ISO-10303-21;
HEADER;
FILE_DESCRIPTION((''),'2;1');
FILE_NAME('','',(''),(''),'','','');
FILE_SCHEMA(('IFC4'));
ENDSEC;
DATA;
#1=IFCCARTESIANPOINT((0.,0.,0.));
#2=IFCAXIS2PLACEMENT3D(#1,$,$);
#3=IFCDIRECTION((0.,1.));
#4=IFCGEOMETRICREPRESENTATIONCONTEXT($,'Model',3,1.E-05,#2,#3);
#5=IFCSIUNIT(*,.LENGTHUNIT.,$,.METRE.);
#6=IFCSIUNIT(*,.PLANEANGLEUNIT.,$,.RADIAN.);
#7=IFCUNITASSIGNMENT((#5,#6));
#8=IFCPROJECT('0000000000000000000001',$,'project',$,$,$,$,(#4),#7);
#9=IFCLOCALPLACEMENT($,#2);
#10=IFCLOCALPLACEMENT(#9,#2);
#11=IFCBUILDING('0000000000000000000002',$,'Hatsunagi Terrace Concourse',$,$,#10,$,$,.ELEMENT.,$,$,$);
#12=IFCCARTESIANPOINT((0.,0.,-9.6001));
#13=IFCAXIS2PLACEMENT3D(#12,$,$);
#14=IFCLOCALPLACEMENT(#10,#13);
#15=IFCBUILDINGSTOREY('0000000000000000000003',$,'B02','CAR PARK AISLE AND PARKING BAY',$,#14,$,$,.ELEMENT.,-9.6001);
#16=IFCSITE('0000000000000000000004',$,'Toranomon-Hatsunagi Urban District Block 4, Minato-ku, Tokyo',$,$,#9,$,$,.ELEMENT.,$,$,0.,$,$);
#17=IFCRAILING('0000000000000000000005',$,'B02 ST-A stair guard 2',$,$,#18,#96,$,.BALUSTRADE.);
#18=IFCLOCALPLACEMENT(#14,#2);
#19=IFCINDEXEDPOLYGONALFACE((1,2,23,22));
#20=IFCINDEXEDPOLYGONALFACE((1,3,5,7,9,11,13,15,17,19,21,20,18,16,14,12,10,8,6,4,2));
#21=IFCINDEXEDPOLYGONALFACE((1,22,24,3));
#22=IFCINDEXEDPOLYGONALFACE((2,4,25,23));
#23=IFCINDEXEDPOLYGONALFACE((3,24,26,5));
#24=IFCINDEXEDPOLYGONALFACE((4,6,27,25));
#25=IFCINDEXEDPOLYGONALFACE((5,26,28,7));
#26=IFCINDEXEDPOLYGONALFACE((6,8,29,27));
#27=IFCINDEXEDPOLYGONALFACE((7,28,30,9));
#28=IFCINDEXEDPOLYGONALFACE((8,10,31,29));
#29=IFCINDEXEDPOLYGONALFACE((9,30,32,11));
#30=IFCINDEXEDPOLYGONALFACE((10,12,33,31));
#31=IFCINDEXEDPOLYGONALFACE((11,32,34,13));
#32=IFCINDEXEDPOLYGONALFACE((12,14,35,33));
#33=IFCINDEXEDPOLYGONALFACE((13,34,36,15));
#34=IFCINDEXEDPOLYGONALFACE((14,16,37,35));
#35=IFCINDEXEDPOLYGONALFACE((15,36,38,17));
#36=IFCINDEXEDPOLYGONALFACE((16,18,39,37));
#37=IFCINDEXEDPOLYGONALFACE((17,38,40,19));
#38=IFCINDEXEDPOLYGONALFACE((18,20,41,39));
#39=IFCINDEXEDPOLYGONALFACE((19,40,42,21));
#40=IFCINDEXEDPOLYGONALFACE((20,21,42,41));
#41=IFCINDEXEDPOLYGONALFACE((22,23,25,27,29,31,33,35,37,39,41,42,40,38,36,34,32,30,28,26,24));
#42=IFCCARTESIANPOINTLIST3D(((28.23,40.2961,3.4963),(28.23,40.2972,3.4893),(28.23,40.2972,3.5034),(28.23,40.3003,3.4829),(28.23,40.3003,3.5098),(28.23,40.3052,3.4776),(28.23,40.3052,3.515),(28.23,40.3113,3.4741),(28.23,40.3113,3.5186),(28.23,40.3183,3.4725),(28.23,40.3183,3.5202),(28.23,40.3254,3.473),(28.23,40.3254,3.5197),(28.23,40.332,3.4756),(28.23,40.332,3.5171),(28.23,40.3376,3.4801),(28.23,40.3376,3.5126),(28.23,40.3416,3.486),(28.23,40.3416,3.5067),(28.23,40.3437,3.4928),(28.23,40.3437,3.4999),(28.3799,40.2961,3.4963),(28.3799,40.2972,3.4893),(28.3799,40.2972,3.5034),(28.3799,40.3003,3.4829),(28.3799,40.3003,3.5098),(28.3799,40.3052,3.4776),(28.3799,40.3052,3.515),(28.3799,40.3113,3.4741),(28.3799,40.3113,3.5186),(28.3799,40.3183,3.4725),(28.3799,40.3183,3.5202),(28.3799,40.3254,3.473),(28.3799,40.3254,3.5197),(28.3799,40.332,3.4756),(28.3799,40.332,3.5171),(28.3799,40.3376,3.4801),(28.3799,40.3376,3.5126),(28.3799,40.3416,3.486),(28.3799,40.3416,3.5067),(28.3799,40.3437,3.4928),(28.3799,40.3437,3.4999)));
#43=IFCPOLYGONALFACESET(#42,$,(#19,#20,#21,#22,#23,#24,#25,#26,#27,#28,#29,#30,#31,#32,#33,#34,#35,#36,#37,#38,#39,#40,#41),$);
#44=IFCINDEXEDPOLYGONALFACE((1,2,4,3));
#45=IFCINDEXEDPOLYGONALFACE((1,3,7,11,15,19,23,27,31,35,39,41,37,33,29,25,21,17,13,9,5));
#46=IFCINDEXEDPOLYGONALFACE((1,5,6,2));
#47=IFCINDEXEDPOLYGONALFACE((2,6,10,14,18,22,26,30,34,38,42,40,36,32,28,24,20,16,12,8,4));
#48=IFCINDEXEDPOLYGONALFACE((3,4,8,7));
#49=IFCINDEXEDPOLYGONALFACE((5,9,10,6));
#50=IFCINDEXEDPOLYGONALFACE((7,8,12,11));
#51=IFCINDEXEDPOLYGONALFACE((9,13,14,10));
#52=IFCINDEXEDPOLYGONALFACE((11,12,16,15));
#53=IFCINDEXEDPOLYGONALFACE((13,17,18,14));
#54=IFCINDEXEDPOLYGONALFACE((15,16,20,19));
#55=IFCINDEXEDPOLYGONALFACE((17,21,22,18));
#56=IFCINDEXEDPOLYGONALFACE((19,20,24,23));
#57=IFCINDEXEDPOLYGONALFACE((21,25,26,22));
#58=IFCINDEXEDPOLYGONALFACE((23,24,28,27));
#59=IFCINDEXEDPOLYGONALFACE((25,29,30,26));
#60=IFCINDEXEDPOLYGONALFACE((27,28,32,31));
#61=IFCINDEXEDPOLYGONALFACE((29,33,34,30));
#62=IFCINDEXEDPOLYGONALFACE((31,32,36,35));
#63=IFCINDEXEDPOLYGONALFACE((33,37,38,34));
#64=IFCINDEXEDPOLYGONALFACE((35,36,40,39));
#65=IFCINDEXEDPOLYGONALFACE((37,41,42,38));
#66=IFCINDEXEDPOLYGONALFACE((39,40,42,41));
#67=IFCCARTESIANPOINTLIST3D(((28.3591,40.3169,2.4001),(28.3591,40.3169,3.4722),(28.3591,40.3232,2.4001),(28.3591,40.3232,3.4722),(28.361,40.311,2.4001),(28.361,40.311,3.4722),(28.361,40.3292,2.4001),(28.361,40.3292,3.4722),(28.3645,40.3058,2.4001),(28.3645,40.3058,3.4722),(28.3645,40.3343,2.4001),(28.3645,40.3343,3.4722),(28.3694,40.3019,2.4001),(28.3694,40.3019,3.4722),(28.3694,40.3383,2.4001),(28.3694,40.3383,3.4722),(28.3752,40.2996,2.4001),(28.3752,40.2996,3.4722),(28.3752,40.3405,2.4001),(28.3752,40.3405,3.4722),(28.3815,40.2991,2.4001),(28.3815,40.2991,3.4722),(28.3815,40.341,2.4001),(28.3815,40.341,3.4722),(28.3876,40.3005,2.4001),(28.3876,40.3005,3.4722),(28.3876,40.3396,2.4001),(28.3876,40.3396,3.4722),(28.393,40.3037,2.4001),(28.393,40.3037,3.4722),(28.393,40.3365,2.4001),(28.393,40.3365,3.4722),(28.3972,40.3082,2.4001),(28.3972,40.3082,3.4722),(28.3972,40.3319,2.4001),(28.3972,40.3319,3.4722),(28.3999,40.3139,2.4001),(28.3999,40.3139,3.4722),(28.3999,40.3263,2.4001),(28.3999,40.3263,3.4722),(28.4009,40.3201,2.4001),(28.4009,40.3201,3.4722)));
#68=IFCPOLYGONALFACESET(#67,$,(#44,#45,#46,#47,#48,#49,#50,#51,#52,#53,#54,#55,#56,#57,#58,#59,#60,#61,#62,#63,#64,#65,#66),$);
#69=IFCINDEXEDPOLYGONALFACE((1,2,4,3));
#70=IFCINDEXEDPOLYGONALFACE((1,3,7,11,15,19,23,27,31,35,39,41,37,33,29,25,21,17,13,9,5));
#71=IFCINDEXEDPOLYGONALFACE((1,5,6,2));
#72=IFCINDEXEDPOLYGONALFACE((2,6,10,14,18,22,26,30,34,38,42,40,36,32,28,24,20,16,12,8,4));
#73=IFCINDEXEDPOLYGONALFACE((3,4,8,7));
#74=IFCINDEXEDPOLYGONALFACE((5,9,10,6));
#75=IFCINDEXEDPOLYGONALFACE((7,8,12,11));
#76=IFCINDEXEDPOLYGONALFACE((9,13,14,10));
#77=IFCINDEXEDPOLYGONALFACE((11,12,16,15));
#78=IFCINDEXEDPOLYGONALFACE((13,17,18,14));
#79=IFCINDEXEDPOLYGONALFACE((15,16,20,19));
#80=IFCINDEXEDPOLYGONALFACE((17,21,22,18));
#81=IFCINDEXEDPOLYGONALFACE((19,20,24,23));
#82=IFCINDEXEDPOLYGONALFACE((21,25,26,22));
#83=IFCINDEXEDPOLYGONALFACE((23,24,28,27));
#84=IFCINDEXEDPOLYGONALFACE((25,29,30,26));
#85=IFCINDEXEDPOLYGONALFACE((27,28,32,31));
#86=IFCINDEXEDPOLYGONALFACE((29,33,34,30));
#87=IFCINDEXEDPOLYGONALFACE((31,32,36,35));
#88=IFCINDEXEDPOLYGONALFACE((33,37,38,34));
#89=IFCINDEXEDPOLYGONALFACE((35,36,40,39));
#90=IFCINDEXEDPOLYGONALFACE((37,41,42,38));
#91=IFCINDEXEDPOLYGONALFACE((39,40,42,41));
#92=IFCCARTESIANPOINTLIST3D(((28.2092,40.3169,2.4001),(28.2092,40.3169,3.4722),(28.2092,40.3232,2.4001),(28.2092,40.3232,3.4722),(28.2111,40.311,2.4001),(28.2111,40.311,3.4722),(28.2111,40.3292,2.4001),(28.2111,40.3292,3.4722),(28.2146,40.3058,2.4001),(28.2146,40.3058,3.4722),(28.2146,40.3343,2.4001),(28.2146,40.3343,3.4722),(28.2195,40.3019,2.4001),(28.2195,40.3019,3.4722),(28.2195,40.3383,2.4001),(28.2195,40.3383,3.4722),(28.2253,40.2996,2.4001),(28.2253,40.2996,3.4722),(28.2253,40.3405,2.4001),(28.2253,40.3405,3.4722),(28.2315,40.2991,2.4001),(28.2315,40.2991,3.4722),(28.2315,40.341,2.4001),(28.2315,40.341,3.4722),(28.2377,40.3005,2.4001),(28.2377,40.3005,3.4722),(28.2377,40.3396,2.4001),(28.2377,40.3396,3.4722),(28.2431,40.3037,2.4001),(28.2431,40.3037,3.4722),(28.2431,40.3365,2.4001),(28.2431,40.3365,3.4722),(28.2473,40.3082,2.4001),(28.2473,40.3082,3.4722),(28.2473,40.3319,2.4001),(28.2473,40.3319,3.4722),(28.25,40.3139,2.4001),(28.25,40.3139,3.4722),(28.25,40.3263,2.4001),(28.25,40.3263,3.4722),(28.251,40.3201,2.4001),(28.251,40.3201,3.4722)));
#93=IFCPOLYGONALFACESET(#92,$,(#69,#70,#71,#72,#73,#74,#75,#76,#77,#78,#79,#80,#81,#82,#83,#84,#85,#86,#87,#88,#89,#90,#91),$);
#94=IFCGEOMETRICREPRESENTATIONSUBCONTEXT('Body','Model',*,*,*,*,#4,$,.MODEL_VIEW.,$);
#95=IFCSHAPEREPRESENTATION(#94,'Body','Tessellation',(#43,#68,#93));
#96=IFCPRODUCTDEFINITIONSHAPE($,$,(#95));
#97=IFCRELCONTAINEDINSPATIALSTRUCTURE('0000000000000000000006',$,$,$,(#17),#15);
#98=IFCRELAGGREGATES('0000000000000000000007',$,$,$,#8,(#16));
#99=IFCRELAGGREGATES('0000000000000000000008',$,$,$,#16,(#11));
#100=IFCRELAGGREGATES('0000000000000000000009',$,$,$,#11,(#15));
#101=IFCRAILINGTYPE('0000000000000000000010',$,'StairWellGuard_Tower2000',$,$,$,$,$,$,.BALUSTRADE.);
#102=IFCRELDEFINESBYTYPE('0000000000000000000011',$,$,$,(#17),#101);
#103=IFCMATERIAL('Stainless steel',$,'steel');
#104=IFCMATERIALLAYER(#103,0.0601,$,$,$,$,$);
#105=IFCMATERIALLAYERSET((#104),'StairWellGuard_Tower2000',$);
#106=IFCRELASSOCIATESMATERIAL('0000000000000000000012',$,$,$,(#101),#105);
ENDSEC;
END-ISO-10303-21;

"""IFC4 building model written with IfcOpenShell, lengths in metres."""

from ifc_helpers import new_model, si_unit, direction, frame, origin, origin_2d, place, context, subcontext, project, spatial, circle, extrude, material, layer, layer_set, type_object, element, save


model = new_model("IFC4")

# Units and contexts
model_context = context("Model", 3, precision=1e-05, world=origin(), true_north=direction((0.0, 1.0)))
body_context = subcontext(model_context, "Body", "Model", "MODEL_VIEW")
ifc_project = project(units=[si_unit("LENGTHUNIT", "METRE"), si_unit("PLANEANGLEUNIT", "RADIAN")], contexts=[model_context])

# Site, building, storey
site_placement = place(None, origin())
site = spatial("IfcSite", under=ifc_project, at=site_placement, Name="Toranomon-Hatsunagi Urban District Block 4, Minato-ku, Tokyo", CompositionType="ELEMENT", RefElevation=0.0)
building_placement = place(site_placement, origin())
building = spatial("IfcBuilding", under=site, at=building_placement, Name="Hatsunagi Terrace Concourse", CompositionType="ELEMENT")
storey_placement = place(building_placement, frame((0.0, 0.0, -9.6001)))
storey = spatial("IfcBuildingStorey", under=building, at=storey_placement, Name="B02", Description="CAR PARK AISLE AND PARKING BAY", CompositionType="ELEMENT", Elevation=-9.6001)

# Railing
ifc_material_1 = material(Name="Stainless steel", Category="steel")
ifc_layer_1 = layer(ifc_material_1, 0.0601)
ifc_layer_set_1 = layer_set([ifc_layer_1], Name="StairWellGuard_Tower2000")
railing_type_1 = type_object("IfcRailingType", Name="StairWellGuard_Tower2000", PredefinedType="BALUSTRADE", material=ifc_layer_set_1)
railing_1_placement = place(storey_placement, frame((28.3799, 40.3201, 2.4001)))
element("IfcRailing", 1, at=railing_1_placement, inside=storey, type_object=railing_type_1, Name="B02 ST-A stair guard 2", PredefinedType="BALUSTRADE", context=body_context, shape_type="SweptSolid", body=[
    extrude(circle(Radius=0.0239, at=origin_2d()), frame((0.0, 0.0, 1.0962), z_axis=(-1.0, 0.0, 0.0), x_axis=(0.0, -1.0, 0.0)), (0.0, 0.0, 1.0), 0.1499),
    extrude(circle(Radius=0.021, at=origin_2d()), origin(), (0.0, 0.0, 1.0), 1.072),
    extrude(circle(Radius=0.021, at=origin_2d()), frame((-0.1499, 0.0, 0.0)), (0.0, 0.0, 1.0), 1.072),
])

save(model, "model.ifc")
